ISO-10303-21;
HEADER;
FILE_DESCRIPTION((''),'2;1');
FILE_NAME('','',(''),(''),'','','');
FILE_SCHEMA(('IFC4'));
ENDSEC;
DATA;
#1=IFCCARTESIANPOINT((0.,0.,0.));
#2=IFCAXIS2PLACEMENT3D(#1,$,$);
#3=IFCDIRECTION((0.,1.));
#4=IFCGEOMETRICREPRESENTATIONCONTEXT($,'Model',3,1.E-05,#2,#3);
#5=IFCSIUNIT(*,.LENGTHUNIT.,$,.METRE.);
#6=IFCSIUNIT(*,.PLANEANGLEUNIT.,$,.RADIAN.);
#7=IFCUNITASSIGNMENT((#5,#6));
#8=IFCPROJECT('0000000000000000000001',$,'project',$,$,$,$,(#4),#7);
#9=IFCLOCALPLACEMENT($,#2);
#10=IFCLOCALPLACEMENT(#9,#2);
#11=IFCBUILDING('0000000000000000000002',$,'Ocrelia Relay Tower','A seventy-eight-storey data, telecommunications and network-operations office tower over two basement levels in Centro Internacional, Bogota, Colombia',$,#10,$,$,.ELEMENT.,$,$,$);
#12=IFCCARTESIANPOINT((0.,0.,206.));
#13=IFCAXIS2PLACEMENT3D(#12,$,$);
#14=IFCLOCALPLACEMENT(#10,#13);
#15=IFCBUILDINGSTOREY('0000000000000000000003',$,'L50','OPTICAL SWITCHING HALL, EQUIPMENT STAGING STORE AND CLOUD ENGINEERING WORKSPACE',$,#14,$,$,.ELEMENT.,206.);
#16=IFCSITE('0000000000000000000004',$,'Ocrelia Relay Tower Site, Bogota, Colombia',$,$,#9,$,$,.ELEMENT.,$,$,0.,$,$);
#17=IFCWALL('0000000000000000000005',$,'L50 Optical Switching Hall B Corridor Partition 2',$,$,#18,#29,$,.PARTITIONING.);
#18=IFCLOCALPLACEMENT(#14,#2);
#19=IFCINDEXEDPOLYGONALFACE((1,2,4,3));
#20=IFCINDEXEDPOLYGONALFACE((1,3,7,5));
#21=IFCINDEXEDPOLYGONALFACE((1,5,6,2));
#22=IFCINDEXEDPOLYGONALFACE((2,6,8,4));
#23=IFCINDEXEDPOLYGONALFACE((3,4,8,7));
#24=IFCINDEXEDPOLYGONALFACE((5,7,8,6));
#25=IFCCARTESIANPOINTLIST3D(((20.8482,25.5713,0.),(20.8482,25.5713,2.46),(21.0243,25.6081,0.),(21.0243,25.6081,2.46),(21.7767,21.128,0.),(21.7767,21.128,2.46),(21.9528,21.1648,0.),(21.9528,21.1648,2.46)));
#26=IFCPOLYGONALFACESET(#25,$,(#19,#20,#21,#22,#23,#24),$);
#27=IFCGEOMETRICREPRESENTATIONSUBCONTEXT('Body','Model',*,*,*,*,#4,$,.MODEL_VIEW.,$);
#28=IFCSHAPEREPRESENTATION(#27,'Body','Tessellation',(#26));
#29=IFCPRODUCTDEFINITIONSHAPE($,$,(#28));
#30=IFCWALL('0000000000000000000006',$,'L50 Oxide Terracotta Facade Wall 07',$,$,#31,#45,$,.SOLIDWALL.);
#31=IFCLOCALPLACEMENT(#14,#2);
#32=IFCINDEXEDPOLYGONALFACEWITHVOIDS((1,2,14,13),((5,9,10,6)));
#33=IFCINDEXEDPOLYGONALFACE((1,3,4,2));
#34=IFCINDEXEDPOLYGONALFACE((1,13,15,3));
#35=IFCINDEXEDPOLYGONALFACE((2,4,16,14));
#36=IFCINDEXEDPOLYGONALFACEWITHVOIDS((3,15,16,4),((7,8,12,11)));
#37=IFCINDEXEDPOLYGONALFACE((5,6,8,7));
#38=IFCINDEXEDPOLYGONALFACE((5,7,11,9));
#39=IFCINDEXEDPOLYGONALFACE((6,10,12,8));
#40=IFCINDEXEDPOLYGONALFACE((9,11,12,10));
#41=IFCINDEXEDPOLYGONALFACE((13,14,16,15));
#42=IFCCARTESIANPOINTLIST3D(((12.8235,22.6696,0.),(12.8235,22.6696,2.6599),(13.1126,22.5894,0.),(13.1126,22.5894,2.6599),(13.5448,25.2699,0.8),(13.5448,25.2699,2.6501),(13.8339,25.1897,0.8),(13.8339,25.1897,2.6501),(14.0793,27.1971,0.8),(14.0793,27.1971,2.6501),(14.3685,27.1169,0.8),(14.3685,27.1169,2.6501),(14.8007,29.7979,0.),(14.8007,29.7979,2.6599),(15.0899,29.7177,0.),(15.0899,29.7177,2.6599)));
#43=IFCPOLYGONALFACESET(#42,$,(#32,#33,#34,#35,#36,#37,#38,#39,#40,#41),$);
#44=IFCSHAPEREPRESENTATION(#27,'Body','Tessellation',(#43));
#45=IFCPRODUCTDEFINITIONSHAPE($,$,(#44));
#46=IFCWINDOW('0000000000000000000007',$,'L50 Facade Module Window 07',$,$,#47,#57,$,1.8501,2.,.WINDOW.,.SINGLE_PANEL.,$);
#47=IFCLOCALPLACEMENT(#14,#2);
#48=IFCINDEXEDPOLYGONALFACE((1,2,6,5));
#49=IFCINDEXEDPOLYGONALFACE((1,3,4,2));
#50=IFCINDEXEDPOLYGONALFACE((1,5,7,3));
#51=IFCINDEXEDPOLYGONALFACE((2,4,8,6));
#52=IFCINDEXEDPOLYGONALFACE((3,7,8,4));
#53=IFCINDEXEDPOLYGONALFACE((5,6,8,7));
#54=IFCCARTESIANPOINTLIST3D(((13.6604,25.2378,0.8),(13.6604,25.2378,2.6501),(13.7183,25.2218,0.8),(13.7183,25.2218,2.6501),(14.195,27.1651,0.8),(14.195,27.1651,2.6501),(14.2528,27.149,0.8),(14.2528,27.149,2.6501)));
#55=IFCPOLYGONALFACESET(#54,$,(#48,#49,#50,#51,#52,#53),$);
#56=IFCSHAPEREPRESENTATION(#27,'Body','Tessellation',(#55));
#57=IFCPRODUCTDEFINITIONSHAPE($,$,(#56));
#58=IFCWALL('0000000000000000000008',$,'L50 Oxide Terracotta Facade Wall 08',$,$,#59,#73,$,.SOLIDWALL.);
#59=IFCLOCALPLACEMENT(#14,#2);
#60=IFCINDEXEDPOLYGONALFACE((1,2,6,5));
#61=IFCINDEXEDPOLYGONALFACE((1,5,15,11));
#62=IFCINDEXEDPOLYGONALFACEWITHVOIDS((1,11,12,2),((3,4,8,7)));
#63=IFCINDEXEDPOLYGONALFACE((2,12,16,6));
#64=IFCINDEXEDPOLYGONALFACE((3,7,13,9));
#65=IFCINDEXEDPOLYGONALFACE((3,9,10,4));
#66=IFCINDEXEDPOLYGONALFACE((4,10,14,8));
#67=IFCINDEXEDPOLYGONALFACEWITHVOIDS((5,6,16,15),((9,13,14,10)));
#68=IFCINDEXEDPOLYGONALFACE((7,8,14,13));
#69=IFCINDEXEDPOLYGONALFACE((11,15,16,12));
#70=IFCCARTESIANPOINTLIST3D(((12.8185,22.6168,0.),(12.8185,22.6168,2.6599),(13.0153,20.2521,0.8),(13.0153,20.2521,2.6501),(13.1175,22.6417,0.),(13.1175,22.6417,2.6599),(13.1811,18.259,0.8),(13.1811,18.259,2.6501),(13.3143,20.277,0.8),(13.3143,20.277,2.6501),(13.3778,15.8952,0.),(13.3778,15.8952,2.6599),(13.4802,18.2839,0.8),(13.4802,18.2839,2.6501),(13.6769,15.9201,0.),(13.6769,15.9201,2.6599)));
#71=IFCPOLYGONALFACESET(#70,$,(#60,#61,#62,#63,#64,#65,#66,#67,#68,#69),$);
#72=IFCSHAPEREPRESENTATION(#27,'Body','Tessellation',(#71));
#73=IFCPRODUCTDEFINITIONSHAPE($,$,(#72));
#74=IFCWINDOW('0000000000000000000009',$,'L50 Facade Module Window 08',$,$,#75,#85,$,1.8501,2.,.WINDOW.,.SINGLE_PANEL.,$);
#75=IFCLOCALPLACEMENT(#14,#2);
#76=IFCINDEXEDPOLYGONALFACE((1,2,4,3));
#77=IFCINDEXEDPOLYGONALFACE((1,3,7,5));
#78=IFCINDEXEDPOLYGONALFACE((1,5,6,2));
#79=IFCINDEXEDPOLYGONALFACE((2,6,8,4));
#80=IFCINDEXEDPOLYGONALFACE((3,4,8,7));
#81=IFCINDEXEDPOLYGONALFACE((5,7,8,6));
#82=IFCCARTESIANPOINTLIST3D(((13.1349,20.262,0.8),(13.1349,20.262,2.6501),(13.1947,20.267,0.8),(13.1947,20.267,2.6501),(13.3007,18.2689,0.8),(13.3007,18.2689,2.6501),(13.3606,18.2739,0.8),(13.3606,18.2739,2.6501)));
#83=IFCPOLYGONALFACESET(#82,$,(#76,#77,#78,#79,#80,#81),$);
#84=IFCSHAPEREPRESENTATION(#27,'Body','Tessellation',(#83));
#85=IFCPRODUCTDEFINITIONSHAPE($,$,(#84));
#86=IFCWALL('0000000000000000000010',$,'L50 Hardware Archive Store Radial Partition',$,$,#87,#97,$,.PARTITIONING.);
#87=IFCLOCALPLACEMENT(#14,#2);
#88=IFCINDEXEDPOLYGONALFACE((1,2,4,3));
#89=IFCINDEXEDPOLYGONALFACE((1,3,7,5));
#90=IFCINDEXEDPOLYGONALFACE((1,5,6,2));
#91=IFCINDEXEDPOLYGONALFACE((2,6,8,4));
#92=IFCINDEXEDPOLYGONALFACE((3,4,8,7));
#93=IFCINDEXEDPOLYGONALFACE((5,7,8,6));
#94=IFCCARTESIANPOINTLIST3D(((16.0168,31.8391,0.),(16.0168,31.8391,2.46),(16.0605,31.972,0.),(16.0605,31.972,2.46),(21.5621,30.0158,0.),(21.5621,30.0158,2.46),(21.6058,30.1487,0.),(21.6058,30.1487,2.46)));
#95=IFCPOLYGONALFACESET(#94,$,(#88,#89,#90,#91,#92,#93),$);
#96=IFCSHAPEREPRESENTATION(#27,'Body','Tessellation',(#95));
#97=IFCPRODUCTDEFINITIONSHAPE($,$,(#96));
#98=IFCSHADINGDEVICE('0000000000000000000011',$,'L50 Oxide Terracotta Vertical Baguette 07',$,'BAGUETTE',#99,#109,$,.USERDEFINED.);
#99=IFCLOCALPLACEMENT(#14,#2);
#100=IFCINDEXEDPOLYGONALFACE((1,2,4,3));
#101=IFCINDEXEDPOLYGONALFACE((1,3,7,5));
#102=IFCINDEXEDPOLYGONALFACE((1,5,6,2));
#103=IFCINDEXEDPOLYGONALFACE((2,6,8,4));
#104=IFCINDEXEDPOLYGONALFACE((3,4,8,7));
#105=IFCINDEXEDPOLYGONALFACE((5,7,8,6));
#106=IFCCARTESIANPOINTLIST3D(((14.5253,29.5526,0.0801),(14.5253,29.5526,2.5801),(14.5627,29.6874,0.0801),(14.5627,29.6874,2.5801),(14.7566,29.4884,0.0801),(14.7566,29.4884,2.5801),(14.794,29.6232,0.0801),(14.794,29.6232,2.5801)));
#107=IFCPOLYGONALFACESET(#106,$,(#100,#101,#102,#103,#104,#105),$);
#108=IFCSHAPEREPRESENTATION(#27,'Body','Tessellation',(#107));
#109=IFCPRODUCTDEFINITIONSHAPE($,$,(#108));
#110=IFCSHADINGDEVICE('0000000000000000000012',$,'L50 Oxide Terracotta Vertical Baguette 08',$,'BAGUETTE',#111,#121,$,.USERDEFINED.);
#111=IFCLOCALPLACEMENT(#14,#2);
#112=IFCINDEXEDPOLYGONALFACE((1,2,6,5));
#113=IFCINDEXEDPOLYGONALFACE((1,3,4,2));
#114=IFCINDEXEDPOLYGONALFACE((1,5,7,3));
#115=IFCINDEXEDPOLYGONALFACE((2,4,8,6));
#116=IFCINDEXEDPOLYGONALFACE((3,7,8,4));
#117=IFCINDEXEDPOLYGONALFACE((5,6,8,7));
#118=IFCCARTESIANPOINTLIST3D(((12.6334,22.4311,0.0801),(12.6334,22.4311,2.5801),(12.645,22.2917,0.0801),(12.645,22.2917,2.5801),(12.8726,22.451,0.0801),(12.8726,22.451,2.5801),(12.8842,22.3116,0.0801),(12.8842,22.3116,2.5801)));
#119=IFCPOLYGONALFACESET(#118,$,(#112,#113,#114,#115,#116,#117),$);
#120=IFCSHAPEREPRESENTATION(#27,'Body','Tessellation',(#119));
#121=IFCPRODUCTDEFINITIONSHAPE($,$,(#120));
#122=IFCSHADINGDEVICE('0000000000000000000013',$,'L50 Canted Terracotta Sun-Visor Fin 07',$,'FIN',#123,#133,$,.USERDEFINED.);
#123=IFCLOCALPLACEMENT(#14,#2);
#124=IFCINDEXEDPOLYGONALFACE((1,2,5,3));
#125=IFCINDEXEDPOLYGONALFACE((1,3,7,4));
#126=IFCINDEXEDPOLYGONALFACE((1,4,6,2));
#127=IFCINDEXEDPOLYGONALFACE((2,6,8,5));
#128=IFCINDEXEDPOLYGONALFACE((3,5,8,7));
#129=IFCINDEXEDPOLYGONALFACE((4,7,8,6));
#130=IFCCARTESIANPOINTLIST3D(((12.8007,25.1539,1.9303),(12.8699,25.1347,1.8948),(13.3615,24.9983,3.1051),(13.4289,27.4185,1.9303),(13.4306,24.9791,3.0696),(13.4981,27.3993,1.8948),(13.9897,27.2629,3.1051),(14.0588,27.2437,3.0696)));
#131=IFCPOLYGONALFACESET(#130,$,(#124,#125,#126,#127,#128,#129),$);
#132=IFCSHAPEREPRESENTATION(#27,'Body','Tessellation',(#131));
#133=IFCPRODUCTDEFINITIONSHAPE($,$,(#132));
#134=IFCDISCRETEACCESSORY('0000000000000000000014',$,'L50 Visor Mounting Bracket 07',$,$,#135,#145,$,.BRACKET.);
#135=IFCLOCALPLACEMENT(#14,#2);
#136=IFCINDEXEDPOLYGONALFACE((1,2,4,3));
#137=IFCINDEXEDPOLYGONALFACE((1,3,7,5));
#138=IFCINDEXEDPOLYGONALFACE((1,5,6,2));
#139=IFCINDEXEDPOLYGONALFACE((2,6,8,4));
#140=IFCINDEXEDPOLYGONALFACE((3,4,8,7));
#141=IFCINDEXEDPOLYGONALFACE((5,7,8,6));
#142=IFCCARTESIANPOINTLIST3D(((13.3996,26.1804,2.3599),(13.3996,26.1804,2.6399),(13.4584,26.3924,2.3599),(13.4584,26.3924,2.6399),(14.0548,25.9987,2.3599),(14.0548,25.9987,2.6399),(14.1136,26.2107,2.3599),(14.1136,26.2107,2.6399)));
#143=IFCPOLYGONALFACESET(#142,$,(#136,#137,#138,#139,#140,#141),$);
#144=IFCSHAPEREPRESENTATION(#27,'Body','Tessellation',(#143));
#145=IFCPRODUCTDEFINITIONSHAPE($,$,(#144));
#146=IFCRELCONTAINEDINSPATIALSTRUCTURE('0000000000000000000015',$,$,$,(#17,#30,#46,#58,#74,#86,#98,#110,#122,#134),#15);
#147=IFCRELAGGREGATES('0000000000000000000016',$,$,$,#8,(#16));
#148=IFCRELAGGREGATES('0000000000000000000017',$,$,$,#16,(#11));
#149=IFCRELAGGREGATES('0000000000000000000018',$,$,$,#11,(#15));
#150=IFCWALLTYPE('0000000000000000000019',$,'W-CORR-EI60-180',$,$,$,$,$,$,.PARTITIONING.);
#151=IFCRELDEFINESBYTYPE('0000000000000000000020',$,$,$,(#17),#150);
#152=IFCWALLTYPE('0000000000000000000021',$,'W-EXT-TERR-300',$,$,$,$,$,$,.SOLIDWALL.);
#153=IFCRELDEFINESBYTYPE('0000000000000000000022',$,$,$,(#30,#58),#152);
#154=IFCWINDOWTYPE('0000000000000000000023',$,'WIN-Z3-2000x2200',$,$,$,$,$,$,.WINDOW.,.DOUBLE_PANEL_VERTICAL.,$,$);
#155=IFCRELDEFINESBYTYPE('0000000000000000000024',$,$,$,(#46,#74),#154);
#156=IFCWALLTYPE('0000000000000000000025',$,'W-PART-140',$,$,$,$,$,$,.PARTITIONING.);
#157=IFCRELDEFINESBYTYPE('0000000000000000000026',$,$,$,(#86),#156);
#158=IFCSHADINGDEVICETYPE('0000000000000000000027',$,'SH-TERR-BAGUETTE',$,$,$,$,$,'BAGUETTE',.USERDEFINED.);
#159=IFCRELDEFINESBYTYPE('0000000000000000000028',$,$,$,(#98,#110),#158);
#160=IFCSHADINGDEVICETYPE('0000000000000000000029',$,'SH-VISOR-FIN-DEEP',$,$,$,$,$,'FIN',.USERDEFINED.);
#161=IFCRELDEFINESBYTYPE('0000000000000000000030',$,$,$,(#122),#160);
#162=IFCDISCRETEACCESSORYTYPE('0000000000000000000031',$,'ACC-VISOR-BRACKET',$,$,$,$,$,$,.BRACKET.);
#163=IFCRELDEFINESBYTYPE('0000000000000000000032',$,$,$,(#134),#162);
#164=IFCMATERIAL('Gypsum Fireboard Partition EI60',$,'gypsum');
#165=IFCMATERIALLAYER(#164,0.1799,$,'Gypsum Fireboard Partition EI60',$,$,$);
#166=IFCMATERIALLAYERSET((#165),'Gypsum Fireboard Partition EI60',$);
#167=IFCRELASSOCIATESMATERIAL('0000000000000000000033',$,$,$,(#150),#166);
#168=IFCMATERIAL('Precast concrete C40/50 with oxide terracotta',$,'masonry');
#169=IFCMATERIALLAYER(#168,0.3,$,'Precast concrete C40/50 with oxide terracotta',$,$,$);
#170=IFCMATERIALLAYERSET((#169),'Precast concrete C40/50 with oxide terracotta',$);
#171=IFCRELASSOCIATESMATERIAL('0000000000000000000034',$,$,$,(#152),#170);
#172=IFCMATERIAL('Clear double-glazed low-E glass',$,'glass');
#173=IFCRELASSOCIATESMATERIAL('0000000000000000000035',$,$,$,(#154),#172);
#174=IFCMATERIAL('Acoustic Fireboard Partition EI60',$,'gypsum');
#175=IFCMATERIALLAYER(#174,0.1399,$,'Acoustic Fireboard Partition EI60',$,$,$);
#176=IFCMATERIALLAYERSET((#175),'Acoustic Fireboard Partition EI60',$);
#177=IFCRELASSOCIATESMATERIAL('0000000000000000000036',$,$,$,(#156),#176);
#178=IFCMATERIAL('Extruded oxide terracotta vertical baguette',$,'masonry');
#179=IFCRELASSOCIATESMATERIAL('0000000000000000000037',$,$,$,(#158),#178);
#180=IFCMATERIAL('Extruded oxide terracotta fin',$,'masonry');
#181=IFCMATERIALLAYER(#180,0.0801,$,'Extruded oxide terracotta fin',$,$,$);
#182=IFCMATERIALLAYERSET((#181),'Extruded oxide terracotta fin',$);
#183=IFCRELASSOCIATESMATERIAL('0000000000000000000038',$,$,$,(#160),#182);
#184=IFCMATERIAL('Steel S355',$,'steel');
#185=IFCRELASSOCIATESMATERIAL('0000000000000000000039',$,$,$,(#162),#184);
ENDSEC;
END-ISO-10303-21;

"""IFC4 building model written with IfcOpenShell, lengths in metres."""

from ifc_helpers import new_model, si_unit, direction, frame, frame_2d, origin, origin_2d, place, context, subcontext, project, spatial, rectangle, extrude, material, layer, layer_set, type_object, element, fill, save


model = new_model("IFC4")

# Units and contexts
model_context = context("Model", 3, precision=1e-05, world=origin(), true_north=direction((0.0, 1.0)))
body_context = subcontext(model_context, "Body", "Model", "MODEL_VIEW")
ifc_project = project(units=[si_unit("LENGTHUNIT", "METRE"), si_unit("PLANEANGLEUNIT", "RADIAN")], contexts=[model_context])

# Site, building, storey
site_placement = place(None, origin())
site = spatial("IfcSite", under=ifc_project, at=site_placement, Name="Ocrelia Relay Tower Site, Bogota, Colombia", CompositionType="ELEMENT", RefElevation=0.0)
building_placement = place(site_placement, origin())
building = spatial("IfcBuilding", under=site, at=building_placement, Name="Ocrelia Relay Tower", Description="A seventy-eight-storey data, telecommunications and network-operations office tower over two basement levels in Centro Internacional, Bogota, Colombia", CompositionType="ELEMENT")
storey_placement = place(building_placement, frame((0.0, 0.0, 206.0)))
storey = spatial("IfcBuildingStorey", under=building, at=storey_placement, Name="L50", Description="OPTICAL SWITCHING HALL, EQUIPMENT STAGING STORE AND CLOUD ENGINEERING WORKSPACE", CompositionType="ELEMENT", Elevation=206.0)

# Shared definitions
ifc_material_1 = material(Name="Steel S355", Category="steel")

# Shared definitions
ifc_material_2 = material(Name="Gypsum Fireboard Partition EI60", Category="gypsum")
ifc_layer_1 = layer(ifc_material_2, 0.1799, Name="Gypsum Fireboard Partition EI60")
ifc_layer_set_1 = layer_set([ifc_layer_1], Name="Gypsum Fireboard Partition EI60")
wall_type_1 = type_object("IfcWallType", Name="W-CORR-EI60-180", PredefinedType="PARTITIONING", material=ifc_layer_set_1)

# Wall
wall_1_placement = place(storey_placement, frame((20.9363, 25.5896, 0.0), z_axis=(0.0, 0.0, 1.0), x_axis=(0.204538, -0.978859, 0.0)))
element("IfcWall", 1, at=wall_1_placement, inside=storey, type_object=wall_type_1, Name="L50 Optical Switching Hall B Corridor Partition 2", PredefinedType="PARTITIONING", context=body_context, shape_type="SweptSolid", body=[
    extrude(rectangle(XDim=4.5393, YDim=0.1799, at=frame_2d((2.2695, 0.0))), origin(), (0.0, 0.0, 1.0), 2.46),
])

# Walls, openings, windows
ifc_material_3 = material(Name="Precast concrete C40/50 with oxide terracotta", Category="masonry")
ifc_layer_2 = layer(ifc_material_3, 0.3, Name="Precast concrete C40/50 with oxide terracotta")
ifc_layer_set_2 = layer_set([ifc_layer_2], Name="Precast concrete C40/50 with oxide terracotta")
wall_type_2 = type_object("IfcWallType", Name="W-EXT-TERR-300", PredefinedType="SOLIDWALL", material=ifc_layer_set_2)
wall_2_placement = place(storey_placement, frame((14.9453, 29.7578, 0.0), z_axis=(0.0, 0.0, 1.0), x_axis=(-0.26729, -0.963616, 0.0)))
wall_2 = element("IfcWall", 2, at=wall_2_placement, inside=storey, type_object=wall_type_2, Name="L50 Oxide Terracotta Facade Wall 07", PredefinedType="SOLIDWALL", context=body_context, shape_type="SweptSolid", body=[
    extrude(rectangle(XDim=7.3975, YDim=0.3, at=frame_2d((3.6987, 0.0))), origin(), (0.0, 0.0, 1.0), 2.6599),
])
opening_1_placement = place(wall_2_placement, frame((2.699, 0.0, 0.8)))
opening_1 = element("IfcOpeningElement", 3, at=opening_1_placement, cuts=wall_2, PredefinedType="OPENING", context=body_context, shape_type="SweptSolid", body=[
    extrude(rectangle(XDim=2.0, YDim=1.8501, at=frame_2d((1.0, 0.925))), frame((0.0, 0.1602, 0.0), z_axis=(0.0, -1.0, 0.0), x_axis=(1.0, 0.0, 0.0)), (0.0, 0.0, 1.0), 0.3201),
])
ifc_material_4 = material(Name="Clear double-glazed low-E glass", Category="glass")
window_type = type_object("IfcWindowType", Name="WIN-Z3-2000x2200", PartitioningType="DOUBLE_PANEL_VERTICAL", PredefinedType="WINDOW", material=ifc_material_4)
window_1_placement = place(opening_1_placement, origin())
window_1 = element("IfcWindow", 4, at=window_1_placement, inside=storey, type_object=window_type, Name="L50 Facade Module Window 07", OverallHeight=1.8501, OverallWidth=2.0, PartitioningType="SINGLE_PANEL", PredefinedType="WINDOW", context=body_context, shape_type="SweptSolid", body=[
    extrude(rectangle(XDim=2.0, YDim=1.8501, at=frame_2d((1.0, 0.925))), frame((0.0, 0.03, 0.0), z_axis=(0.0, -1.0, 0.0), x_axis=(1.0, 0.0, 0.0)), (0.0, 0.0, 1.0), 0.0601),
])
fill(opening_1, window_1)
wall_3_placement = place(storey_placement, frame((12.968, 22.6294, 0.0), z_axis=(0.0, 0.0, 1.0), x_axis=(0.082926, -0.996556, 0.0)))
wall_3 = element("IfcWall", 5, at=wall_3_placement, inside=storey, type_object=wall_type_2, Name="L50 Oxide Terracotta Facade Wall 08", PredefinedType="SOLIDWALL", context=body_context, shape_type="SweptSolid", body=[
    extrude(rectangle(XDim=6.7449, YDim=0.3, at=frame_2d((3.3726, 0.0))), origin(), (0.0, 0.0, 1.0), 2.6599),
])
opening_2_placement = place(wall_3_placement, frame((2.373, 0.0, 0.8)))
opening_2 = element("IfcOpeningElement", 6, at=opening_2_placement, cuts=wall_3, PredefinedType="OPENING", context=body_context, shape_type="SweptSolid", body=[
    extrude(rectangle(XDim=2.0, YDim=1.8501, at=frame_2d((1.0, 0.925))), frame((0.0, 0.1602, 0.0), z_axis=(0.0, -1.0, 0.0), x_axis=(1.0, 0.0, 0.0)), (0.0, 0.0, 1.0), 0.3201),
])
window_2_placement = place(opening_2_placement, origin())
window_2 = element("IfcWindow", 7, at=window_2_placement, inside=storey, type_object=window_type, Name="L50 Facade Module Window 08", OverallHeight=1.8501, OverallWidth=2.0, PartitioningType="SINGLE_PANEL", PredefinedType="WINDOW", context=body_context, shape_type="SweptSolid", body=[
    extrude(rectangle(XDim=2.0, YDim=1.8501, at=frame_2d((1.0, 0.925))), frame((0.0, 0.03, 0.0), z_axis=(0.0, -1.0, 0.0), x_axis=(1.0, 0.0, 0.0)), (0.0, 0.0, 1.0), 0.0601),
])
fill(opening_2, window_2)

# Wall
ifc_material_5 = material(Name="Acoustic Fireboard Partition EI60", Category="gypsum")
ifc_layer_3 = layer(ifc_material_5, 0.1399, Name="Acoustic Fireboard Partition EI60")
ifc_layer_set_3 = layer_set([ifc_layer_3], Name="Acoustic Fireboard Partition EI60")
wall_type_3 = type_object("IfcWallType", Name="W-PART-140", PredefinedType="PARTITIONING", material=ifc_layer_set_3)
wall_4_placement = place(storey_placement, frame((21.584, 30.0823, 0.0), z_axis=(0.0, 0.0, 1.0), x_axis=(-0.949972, 0.312336, 0.0)))
element("IfcWall", 8, at=wall_4_placement, inside=storey, type_object=wall_type_3, Name="L50 Hardware Archive Store Radial Partition", PredefinedType="PARTITIONING", context=body_context, shape_type="SweptSolid", body=[
    extrude(rectangle(XDim=5.8374, YDim=0.1399, at=frame_2d((2.9187, 0.0))), origin(), (0.0, 0.0, 1.0), 2.46),
])

# Shading devices
ifc_material_6 = material(Name="Extruded oxide terracotta vertical baguette", Category="masonry")
shading_device_type_1 = type_object("IfcShadingDeviceType", Name="SH-TERR-BAGUETTE", ElementType="BAGUETTE", PredefinedType="USERDEFINED", material=ifc_material_6)
for number, where, z_axis, x_axis, name in (
    (9, (14.6597, 29.5879, 0.0801), (0.0, 0.0, 1.0), (-0.267307, -0.963611, 0.0), "L50 Oxide Terracotta Vertical Baguette 07"),
    (10, (12.7588, 22.3713, 0.0801), (0.0, 0.0, 1.0), (0.08292, -0.996556, 0.0), "L50 Oxide Terracotta Vertical Baguette 08"),
):
    element("IfcShadingDevice", number, at=place(storey_placement, frame(where, z_axis=z_axis, x_axis=x_axis)), inside=storey, type_object=shading_device_type_1, Name=name, ObjectType="BAGUETTE", PredefinedType="USERDEFINED", context=body_context, shape_type="SweptSolid", body=[
        extrude(rectangle(XDim=0.1399, YDim=0.24, at=origin_2d()), origin(), (0.0, 0.0, 1.0), 2.5),
    ])
ifc_material_7 = material(Name="Extruded oxide terracotta fin", Category="masonry")
ifc_layer_4 = layer(ifc_material_7, 0.0801, Name="Extruded oxide terracotta fin")
ifc_layer_set_4 = layer_set([ifc_layer_4], Name="Extruded oxide terracotta fin")
shading_device_type_2 = type_object("IfcShadingDeviceType", Name="SH-VISOR-FIN-DEEP", ElementType="FIN", PredefinedType="USERDEFINED", material=ifc_layer_set_4)
shading_device_placement = place(storey_placement, frame((13.4644, 26.1892, 2.4822), z_axis=(-0.863492, 0.239534, 0.443853), x_axis=(-0.267307, -0.963611, 0.0)))
element("IfcShadingDevice", 11, at=shading_device_placement, inside=storey, type_object=shading_device_type_2, Name="L50 Canted Terracotta Sun-Visor Fin 07", ObjectType="FIN", PredefinedType="USERDEFINED", context=body_context, shape_type="SweptSolid", body=[
    extrude(rectangle(XDim=2.3501, YDim=1.311, at=origin_2d()), origin(), (0.0, 0.0, 1.0), 0.0801),
])

# Discrete accessory
discrete_accessory_type = type_object("IfcDiscreteAccessoryType", Name="ACC-VISOR-BRACKET", PredefinedType="BRACKET", material=ifc_material_1)
discrete_accessory_placement = place(storey_placement, frame((13.7566, 26.1956, 2.3599), z_axis=(0.0, 0.0, 1.0), x_axis=(-0.267307, -0.963611, 0.0)))
element("IfcDiscreteAccessory", 12, at=discrete_accessory_placement, inside=storey, type_object=discrete_accessory_type, Name="L50 Visor Mounting Bracket 07", PredefinedType="BRACKET", context=body_context, shape_type="SweptSolid", body=[
    extrude(rectangle(XDim=0.22, YDim=0.6799, at=origin_2d()), origin(), (0.0, 0.0, 1.0), 0.28),
])

save(model, "model.ifc")
